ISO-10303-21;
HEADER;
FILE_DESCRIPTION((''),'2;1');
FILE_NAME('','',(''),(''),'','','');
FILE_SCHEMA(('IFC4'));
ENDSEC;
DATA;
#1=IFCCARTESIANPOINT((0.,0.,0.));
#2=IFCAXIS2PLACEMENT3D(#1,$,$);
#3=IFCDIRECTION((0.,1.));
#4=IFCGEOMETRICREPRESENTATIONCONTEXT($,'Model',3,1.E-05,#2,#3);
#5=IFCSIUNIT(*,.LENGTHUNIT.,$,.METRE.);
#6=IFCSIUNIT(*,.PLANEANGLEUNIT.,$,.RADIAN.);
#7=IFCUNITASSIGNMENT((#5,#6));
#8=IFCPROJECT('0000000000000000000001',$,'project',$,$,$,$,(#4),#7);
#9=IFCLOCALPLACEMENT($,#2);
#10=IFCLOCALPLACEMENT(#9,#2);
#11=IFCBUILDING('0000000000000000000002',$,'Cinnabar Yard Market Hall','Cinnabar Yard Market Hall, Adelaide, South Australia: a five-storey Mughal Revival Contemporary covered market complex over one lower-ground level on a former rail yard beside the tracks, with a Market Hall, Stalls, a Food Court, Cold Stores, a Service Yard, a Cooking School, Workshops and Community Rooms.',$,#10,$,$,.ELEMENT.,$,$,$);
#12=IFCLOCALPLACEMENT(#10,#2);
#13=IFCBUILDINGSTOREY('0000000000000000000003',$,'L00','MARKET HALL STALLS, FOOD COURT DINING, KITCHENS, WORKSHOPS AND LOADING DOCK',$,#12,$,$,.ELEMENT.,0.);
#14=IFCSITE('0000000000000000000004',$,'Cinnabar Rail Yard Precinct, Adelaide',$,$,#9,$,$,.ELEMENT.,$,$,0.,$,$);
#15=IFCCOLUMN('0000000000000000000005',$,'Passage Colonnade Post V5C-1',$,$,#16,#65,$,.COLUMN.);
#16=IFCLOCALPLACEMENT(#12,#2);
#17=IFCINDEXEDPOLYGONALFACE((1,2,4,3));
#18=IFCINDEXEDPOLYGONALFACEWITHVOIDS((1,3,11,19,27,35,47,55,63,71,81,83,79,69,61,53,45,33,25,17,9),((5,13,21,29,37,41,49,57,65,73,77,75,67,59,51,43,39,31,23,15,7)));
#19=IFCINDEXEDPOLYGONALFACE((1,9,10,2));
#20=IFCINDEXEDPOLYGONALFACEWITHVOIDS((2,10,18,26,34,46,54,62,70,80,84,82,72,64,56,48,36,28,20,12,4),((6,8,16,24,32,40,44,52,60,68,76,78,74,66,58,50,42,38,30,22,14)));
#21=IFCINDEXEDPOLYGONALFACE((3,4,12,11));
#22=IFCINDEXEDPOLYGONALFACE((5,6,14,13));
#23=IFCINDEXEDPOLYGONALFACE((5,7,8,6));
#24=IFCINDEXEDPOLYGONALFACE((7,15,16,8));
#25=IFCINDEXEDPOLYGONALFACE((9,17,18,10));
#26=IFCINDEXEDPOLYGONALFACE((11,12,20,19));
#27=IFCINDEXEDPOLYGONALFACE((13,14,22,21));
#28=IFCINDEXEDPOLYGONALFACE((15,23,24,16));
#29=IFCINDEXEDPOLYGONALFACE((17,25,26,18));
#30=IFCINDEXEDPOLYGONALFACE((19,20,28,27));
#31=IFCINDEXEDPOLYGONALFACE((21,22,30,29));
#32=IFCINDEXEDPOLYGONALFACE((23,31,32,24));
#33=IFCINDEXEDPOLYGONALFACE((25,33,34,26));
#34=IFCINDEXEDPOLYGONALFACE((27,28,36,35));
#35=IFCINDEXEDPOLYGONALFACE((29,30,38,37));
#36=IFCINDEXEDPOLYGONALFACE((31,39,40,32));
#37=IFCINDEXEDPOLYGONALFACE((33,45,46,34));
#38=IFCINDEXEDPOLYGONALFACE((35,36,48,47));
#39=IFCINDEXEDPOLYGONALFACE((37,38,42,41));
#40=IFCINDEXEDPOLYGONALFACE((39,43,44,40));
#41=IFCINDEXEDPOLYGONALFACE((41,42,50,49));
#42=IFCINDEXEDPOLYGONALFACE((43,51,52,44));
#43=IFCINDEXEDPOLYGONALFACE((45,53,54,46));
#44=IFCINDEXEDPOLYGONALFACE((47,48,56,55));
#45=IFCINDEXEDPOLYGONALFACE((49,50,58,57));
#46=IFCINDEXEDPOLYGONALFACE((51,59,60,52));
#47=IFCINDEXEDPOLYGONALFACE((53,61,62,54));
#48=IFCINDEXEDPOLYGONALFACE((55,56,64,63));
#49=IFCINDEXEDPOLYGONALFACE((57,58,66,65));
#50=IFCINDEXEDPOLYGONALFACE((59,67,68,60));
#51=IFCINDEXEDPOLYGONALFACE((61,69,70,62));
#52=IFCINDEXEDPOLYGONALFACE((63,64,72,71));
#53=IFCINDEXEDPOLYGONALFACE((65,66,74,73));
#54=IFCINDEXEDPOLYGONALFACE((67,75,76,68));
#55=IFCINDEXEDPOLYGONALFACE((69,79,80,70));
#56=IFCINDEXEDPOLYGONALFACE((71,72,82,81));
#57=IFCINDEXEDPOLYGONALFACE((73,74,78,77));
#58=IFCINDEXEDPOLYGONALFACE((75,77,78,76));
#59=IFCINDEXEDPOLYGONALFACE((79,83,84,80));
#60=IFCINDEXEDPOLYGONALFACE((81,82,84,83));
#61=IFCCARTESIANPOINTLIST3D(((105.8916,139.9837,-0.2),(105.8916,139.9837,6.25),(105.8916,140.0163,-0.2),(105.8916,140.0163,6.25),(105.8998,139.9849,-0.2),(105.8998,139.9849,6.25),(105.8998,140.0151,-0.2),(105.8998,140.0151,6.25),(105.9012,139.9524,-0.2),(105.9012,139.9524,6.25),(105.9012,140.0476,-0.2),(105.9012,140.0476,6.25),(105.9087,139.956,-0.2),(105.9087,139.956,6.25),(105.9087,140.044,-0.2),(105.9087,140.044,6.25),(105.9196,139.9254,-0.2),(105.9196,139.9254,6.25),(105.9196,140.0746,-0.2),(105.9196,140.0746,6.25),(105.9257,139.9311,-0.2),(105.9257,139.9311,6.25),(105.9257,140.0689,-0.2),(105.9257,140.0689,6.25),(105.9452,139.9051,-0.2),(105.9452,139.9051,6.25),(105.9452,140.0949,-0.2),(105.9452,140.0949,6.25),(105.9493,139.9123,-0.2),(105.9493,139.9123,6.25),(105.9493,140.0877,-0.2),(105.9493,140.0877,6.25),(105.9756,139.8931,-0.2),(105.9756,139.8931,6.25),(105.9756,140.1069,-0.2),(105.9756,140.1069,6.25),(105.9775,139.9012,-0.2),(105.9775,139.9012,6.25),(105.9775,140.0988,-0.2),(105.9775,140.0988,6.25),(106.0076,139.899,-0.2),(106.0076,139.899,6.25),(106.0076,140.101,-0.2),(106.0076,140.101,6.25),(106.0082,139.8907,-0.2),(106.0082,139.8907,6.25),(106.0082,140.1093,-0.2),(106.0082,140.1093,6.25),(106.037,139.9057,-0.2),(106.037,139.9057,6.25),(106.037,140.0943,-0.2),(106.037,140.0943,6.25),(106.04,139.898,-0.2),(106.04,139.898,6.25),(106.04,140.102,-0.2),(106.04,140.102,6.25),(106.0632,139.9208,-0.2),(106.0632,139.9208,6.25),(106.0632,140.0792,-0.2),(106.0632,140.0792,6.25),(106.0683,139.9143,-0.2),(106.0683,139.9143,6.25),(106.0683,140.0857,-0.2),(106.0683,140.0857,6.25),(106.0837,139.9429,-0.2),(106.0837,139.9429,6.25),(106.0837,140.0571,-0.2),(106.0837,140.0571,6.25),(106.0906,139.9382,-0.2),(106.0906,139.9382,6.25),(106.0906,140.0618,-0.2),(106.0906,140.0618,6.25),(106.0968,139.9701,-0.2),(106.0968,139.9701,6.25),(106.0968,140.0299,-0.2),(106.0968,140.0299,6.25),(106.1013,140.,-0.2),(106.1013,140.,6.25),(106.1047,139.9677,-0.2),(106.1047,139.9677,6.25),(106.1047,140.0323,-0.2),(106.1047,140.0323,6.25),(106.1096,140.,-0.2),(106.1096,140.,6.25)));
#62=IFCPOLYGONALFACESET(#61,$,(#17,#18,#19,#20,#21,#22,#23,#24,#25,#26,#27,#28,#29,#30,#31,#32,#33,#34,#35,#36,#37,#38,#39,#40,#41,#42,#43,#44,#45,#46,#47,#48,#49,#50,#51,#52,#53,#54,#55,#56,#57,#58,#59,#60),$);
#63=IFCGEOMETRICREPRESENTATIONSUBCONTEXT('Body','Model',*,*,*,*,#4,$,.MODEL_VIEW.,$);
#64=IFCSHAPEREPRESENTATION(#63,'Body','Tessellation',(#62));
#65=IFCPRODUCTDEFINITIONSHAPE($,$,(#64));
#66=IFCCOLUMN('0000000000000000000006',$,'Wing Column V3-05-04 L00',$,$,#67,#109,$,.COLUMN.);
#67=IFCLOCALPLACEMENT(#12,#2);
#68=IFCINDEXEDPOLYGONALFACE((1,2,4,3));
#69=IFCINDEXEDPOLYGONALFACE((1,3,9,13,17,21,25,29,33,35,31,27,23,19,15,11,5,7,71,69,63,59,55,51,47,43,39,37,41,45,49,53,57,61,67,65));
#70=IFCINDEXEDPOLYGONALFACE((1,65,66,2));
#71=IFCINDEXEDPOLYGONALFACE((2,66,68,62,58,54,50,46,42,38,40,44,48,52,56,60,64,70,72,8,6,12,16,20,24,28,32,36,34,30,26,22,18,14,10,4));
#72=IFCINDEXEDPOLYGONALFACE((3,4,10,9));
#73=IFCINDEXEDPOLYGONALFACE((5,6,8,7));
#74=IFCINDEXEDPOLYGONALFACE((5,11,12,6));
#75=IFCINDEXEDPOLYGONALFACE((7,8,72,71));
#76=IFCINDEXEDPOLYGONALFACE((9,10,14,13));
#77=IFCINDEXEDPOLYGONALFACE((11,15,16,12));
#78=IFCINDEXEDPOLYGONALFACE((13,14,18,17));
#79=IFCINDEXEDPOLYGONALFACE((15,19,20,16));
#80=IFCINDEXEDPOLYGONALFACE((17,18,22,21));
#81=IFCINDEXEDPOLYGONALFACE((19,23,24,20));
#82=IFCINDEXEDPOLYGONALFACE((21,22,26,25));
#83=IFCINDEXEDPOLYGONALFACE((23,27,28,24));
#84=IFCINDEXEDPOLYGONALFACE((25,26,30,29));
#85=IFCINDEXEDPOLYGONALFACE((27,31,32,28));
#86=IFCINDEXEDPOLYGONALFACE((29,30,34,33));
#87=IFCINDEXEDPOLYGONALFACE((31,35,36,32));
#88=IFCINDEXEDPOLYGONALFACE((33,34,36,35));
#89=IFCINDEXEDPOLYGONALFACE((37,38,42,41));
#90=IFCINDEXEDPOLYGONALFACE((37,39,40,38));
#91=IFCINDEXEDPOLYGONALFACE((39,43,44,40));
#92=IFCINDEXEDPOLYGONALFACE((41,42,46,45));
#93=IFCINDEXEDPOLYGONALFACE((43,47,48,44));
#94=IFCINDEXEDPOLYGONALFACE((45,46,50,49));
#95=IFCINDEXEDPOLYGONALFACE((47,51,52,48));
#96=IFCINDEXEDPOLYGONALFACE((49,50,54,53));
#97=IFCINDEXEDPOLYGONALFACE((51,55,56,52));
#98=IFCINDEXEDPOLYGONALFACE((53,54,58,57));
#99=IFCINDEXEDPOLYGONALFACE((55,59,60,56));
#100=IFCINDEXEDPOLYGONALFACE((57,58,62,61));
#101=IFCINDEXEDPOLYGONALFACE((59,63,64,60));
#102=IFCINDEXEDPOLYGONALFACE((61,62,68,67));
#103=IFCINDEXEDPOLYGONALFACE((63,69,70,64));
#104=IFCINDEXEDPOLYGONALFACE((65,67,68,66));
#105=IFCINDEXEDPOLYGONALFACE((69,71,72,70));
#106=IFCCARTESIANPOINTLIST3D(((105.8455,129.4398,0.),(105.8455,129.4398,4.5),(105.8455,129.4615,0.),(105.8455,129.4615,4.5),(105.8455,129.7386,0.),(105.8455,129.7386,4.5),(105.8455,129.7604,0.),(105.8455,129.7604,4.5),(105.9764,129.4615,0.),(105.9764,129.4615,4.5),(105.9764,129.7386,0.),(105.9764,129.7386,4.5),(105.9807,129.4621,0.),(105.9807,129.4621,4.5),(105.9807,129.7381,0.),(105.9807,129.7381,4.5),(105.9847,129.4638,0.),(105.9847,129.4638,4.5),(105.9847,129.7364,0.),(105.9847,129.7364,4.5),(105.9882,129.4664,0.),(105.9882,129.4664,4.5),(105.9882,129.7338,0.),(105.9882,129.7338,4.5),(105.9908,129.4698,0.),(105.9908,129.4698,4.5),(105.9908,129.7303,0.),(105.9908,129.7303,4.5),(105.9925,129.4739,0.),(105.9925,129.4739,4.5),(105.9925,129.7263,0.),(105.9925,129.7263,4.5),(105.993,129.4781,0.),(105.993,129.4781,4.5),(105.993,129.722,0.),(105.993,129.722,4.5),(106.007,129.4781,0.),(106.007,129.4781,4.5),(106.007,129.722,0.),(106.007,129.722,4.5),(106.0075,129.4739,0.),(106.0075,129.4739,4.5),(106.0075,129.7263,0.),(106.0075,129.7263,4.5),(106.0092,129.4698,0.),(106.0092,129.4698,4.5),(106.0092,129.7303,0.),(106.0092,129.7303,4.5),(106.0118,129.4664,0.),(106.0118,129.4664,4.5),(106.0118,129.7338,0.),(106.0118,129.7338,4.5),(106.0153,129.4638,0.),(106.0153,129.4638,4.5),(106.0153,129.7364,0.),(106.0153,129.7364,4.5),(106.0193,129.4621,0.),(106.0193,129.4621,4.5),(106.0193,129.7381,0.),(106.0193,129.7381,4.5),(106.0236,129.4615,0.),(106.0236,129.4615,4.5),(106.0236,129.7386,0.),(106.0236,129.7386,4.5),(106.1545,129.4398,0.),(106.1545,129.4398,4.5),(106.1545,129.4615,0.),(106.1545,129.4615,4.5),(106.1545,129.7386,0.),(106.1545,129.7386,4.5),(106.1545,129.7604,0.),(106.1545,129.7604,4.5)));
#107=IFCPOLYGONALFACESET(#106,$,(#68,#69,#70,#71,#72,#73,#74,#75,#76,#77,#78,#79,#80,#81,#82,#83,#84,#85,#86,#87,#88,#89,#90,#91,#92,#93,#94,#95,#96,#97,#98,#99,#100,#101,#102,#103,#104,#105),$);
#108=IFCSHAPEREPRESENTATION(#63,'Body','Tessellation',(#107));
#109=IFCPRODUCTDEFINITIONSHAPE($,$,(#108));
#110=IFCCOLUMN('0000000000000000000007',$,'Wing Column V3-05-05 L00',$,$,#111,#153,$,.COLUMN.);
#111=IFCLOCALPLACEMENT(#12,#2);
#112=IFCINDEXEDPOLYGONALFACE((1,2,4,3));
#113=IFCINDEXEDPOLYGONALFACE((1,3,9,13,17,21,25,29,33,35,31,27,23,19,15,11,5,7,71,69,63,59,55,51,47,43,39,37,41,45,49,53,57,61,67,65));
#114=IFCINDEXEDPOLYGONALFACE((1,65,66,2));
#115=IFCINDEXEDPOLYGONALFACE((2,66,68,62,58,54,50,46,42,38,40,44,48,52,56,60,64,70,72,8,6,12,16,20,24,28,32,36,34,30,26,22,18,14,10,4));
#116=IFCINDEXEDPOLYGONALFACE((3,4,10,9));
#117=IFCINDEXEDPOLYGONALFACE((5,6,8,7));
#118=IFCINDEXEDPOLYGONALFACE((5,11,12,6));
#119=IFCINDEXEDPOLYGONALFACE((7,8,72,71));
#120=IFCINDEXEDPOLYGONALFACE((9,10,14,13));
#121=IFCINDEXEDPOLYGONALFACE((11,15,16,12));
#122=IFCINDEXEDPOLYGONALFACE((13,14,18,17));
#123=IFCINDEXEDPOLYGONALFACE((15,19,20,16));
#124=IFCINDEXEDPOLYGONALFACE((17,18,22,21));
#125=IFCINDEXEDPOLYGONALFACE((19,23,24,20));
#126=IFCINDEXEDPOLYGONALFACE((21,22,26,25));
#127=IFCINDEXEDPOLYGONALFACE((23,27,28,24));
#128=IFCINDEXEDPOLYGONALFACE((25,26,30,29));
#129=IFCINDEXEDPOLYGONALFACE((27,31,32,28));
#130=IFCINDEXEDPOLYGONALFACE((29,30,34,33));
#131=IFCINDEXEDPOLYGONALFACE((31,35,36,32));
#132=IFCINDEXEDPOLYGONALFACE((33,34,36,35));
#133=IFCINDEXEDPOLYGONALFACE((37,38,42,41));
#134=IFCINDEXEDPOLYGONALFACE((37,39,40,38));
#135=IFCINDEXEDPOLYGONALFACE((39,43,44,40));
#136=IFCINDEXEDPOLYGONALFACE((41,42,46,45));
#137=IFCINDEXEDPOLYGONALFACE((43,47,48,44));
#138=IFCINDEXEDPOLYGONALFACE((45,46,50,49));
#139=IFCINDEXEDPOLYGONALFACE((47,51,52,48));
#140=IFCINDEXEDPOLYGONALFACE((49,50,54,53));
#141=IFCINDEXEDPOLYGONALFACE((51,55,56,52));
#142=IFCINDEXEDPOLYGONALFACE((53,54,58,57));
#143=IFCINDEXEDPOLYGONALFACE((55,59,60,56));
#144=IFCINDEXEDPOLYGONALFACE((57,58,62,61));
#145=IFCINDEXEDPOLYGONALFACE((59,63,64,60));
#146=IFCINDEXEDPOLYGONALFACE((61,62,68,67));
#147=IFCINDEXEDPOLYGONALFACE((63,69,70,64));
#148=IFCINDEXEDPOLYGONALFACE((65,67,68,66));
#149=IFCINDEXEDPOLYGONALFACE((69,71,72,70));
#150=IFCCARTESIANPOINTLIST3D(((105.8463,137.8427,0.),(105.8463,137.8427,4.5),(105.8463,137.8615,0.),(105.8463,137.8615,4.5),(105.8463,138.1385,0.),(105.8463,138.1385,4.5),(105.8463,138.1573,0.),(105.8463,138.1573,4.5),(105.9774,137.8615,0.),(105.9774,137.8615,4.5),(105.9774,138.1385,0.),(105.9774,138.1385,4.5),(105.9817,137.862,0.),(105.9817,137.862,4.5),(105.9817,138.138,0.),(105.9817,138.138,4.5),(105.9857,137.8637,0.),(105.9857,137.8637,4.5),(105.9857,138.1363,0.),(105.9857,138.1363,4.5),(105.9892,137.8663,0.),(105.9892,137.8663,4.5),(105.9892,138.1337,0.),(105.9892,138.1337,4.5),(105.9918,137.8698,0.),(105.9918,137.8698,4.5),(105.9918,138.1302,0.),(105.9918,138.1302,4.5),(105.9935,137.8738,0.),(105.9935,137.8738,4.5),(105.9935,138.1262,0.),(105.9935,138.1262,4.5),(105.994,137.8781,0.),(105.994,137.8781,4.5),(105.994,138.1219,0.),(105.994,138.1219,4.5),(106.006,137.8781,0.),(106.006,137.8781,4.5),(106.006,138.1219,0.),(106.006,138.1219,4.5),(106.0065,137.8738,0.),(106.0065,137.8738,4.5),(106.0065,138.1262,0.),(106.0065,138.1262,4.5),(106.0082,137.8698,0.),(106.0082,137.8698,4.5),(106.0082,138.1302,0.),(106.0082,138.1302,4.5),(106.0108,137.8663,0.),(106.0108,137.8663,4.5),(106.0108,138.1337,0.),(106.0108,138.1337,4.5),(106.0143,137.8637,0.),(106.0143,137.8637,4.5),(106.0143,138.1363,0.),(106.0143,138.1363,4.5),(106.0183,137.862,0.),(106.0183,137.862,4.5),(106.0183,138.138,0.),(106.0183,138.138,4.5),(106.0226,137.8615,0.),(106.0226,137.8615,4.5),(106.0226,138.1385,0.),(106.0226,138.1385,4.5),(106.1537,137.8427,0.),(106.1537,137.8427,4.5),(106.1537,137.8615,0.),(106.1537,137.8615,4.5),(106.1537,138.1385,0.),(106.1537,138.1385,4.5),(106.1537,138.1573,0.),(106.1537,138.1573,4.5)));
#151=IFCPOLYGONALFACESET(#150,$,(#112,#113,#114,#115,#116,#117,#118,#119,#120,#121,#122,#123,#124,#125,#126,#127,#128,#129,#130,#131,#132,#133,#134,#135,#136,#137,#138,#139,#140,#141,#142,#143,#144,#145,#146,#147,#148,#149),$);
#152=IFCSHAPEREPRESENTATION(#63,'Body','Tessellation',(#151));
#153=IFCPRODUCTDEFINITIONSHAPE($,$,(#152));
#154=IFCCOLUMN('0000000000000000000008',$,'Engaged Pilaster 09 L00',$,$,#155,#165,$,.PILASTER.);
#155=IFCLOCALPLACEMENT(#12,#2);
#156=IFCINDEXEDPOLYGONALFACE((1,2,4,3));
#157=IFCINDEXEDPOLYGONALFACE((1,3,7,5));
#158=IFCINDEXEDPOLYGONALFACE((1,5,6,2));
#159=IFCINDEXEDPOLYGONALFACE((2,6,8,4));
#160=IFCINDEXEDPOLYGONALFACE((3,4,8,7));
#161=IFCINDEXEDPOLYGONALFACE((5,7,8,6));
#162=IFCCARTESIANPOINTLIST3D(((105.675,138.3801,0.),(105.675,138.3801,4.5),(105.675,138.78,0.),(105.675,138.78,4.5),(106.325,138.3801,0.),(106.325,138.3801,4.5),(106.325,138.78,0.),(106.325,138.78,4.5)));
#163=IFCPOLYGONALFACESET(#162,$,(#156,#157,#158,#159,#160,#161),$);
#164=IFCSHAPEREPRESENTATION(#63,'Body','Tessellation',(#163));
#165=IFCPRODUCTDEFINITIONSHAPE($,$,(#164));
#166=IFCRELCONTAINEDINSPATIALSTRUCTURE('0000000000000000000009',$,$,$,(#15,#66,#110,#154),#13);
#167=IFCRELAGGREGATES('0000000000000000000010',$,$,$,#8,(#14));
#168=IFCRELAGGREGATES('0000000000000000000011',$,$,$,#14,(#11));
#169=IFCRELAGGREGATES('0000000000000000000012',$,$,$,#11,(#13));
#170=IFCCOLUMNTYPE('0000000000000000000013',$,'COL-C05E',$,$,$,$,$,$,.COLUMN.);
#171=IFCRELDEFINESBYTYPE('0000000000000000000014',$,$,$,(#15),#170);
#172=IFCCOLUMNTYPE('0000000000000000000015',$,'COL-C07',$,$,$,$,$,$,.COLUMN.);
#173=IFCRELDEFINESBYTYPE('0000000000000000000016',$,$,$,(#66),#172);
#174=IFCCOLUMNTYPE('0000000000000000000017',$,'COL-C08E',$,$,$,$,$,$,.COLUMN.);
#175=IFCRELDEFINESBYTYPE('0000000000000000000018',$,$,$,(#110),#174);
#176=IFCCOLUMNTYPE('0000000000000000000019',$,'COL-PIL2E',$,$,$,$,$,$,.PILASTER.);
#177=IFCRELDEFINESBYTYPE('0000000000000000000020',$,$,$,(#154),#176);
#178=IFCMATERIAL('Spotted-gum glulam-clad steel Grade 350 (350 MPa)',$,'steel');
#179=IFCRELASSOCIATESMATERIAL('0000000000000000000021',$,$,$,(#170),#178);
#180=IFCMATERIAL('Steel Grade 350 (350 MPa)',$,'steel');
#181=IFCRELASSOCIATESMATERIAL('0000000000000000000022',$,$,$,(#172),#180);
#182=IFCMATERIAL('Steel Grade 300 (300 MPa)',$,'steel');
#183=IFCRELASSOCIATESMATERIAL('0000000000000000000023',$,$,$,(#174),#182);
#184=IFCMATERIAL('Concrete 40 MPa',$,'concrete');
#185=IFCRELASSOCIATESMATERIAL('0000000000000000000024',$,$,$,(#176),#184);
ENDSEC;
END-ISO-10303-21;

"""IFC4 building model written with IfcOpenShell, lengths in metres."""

from ifc_helpers import new_model, si_unit, direction, frame, origin, origin_2d_with_axis, place, context, subcontext, project, spatial, rectangle, hollow_circle, i_section, extrude, material, material_profile, profile_set, type_object, element, save


model = new_model("IFC4")

# Units and contexts
model_context = context("Model", 3, precision=1e-05, world=origin(), true_north=direction((0.0, 1.0)))
body_context = subcontext(model_context, "Body", "Model", "MODEL_VIEW")
ifc_project = project(units=[si_unit("LENGTHUNIT", "METRE"), si_unit("PLANEANGLEUNIT", "RADIAN")], contexts=[model_context])

# Site, building, storey
site_placement = place(None, origin())
site = spatial("IfcSite", under=ifc_project, at=site_placement, Name="Cinnabar Rail Yard Precinct, Adelaide", CompositionType="ELEMENT", RefElevation=0.0)
building_placement = place(site_placement, origin())
building = spatial("IfcBuilding", under=site, at=building_placement, Name="Cinnabar Yard Market Hall", Description="Cinnabar Yard Market Hall, Adelaide, South Australia: a five-storey Mughal Revival Contemporary covered market complex over one lower-ground level on a former rail yard beside the tracks, with a Market Hall, Stalls, a Food Court, Cold Stores, a Service Yard, a Cooking School, Workshops and Community Rooms.", CompositionType="ELEMENT")
storey_placement = place(building_placement, origin())
storey = spatial("IfcBuildingStorey", under=building, at=storey_placement, Name="L00", Description="MARKET HALL STALLS, FOOD COURT DINING, KITCHENS, WORKSHOPS AND LOADING DOCK", CompositionType="ELEMENT", Elevation=0.0)

# Columns
ifc_material_1 = material(Name="Spotted-gum glulam-clad steel Grade 350 (350 MPa)", Category="steel")
ifc_material_profile_1 = material_profile(ifc_material_1, hollow_circle(Radius=0.1096, WallThickness=0.0083, at=origin_2d_with_axis()), Name="219.1x8.2CHS")
ifc_profile_set_1 = profile_set([ifc_material_profile_1], Name="Spotted-gum glulam-clad steel Grade 350 (350 MPa)")
column_type_1 = type_object("IfcColumnType", Name="COL-C05E", PredefinedType="COLUMN", material=ifc_profile_set_1)
column_1_placement = place(storey_placement, frame((106.0, 140.0, -0.2), z_axis=(0.0, 0.0, 1.0), x_axis=(1.0, 0.0, 0.0)))
element("IfcColumn", 1, at=column_1_placement, inside=storey, type_object=column_type_1, Name="Passage Colonnade Post V5C-1", PredefinedType="COLUMN", context=body_context, shape_type="SweptSolid", body=[
    extrude(hollow_circle(Radius=0.1096, WallThickness=0.0083, at=origin_2d_with_axis()), origin(), (0.0, 0.0, 1.0), 6.45),
])
ifc_material_2 = material(Name="Steel Grade 350 (350 MPa)", Category="steel")
ifc_material_profile_2 = material_profile(ifc_material_2, i_section(OverallWidth=0.3091, OverallDepth=0.3206, WebThickness=0.0139, FlangeThickness=0.0217, FilletRadius=0.0166, at=origin_2d_with_axis()), Name="310UC137")
ifc_profile_set_2 = profile_set([ifc_material_profile_2], Name="Steel Grade 350 (350 MPa)")
column_type_2 = type_object("IfcColumnType", Name="COL-C07", PredefinedType="COLUMN", material=ifc_profile_set_2)
column_2_placement = place(storey_placement, frame((106.0, 129.6001, 0.0), z_axis=(0.0, 0.0, 1.0), x_axis=(1.0, 0.0, 0.0)))
element("IfcColumn", 2, at=column_2_placement, inside=storey, type_object=column_type_2, Name="Wing Column V3-05-04 L00", PredefinedType="COLUMN", context=body_context, shape_type="SweptSolid", body=[
    extrude(i_section(OverallWidth=0.3091, OverallDepth=0.3206, WebThickness=0.0139, FlangeThickness=0.0217, FilletRadius=0.0166, at=origin_2d_with_axis()), origin(), (0.0, 0.0, 1.0), 4.5),
])
ifc_material_3 = material(Name="Steel Grade 300 (300 MPa)", Category="steel")
ifc_material_profile_3 = material_profile(ifc_material_3, i_section(OverallWidth=0.3074, OverallDepth=0.3147, WebThickness=0.012, FlangeThickness=0.0188, FilletRadius=0.0166, at=origin_2d_with_axis()), Name="310UC118")
ifc_profile_set_3 = profile_set([ifc_material_profile_3], Name="Steel Grade 300 (300 MPa)")
column_type_3 = type_object("IfcColumnType", Name="COL-C08E", PredefinedType="COLUMN", material=ifc_profile_set_3)
column_3_placement = place(storey_placement, frame((106.0, 138.0, 0.0), z_axis=(0.0, 0.0, 1.0), x_axis=(1.0, 0.0, 0.0)))
element("IfcColumn", 3, at=column_3_placement, inside=storey, type_object=column_type_3, Name="Wing Column V3-05-05 L00", PredefinedType="COLUMN", context=body_context, shape_type="SweptSolid", body=[
    extrude(i_section(OverallWidth=0.3074, OverallDepth=0.3147, WebThickness=0.012, FlangeThickness=0.0188, FilletRadius=0.0166, at=origin_2d_with_axis()), origin(), (0.0, 0.0, 1.0), 4.5),
])
ifc_material_4 = material(Name="Concrete 40 MPa", Category="concrete")
ifc_material_profile_4 = material_profile(ifc_material_4, rectangle(XDim=0.6499, YDim=0.3999, at=origin_2d_with_axis()), Name="RC-650x400")
ifc_profile_set_4 = profile_set([ifc_material_profile_4], Name="Concrete 40 MPa")
column_type_4 = type_object("IfcColumnType", Name="COL-PIL2E", PredefinedType="PILASTER", material=ifc_profile_set_4)
column_4_placement = place(storey_placement, frame((106.0, 138.5801, 0.0), z_axis=(0.0, 0.0, 1.0), x_axis=(1.0, 0.0, 0.0)))
element("IfcColumn", 4, at=column_4_placement, inside=storey, type_object=column_type_4, Name="Engaged Pilaster 09 L00", PredefinedType="PILASTER", context=body_context, shape_type="SweptSolid", body=[
    extrude(rectangle(XDim=0.6499, YDim=0.3999, at=origin_2d_with_axis()), origin(), (0.0, 0.0, 1.0), 4.5),
])

save(model, "model.ifc")
